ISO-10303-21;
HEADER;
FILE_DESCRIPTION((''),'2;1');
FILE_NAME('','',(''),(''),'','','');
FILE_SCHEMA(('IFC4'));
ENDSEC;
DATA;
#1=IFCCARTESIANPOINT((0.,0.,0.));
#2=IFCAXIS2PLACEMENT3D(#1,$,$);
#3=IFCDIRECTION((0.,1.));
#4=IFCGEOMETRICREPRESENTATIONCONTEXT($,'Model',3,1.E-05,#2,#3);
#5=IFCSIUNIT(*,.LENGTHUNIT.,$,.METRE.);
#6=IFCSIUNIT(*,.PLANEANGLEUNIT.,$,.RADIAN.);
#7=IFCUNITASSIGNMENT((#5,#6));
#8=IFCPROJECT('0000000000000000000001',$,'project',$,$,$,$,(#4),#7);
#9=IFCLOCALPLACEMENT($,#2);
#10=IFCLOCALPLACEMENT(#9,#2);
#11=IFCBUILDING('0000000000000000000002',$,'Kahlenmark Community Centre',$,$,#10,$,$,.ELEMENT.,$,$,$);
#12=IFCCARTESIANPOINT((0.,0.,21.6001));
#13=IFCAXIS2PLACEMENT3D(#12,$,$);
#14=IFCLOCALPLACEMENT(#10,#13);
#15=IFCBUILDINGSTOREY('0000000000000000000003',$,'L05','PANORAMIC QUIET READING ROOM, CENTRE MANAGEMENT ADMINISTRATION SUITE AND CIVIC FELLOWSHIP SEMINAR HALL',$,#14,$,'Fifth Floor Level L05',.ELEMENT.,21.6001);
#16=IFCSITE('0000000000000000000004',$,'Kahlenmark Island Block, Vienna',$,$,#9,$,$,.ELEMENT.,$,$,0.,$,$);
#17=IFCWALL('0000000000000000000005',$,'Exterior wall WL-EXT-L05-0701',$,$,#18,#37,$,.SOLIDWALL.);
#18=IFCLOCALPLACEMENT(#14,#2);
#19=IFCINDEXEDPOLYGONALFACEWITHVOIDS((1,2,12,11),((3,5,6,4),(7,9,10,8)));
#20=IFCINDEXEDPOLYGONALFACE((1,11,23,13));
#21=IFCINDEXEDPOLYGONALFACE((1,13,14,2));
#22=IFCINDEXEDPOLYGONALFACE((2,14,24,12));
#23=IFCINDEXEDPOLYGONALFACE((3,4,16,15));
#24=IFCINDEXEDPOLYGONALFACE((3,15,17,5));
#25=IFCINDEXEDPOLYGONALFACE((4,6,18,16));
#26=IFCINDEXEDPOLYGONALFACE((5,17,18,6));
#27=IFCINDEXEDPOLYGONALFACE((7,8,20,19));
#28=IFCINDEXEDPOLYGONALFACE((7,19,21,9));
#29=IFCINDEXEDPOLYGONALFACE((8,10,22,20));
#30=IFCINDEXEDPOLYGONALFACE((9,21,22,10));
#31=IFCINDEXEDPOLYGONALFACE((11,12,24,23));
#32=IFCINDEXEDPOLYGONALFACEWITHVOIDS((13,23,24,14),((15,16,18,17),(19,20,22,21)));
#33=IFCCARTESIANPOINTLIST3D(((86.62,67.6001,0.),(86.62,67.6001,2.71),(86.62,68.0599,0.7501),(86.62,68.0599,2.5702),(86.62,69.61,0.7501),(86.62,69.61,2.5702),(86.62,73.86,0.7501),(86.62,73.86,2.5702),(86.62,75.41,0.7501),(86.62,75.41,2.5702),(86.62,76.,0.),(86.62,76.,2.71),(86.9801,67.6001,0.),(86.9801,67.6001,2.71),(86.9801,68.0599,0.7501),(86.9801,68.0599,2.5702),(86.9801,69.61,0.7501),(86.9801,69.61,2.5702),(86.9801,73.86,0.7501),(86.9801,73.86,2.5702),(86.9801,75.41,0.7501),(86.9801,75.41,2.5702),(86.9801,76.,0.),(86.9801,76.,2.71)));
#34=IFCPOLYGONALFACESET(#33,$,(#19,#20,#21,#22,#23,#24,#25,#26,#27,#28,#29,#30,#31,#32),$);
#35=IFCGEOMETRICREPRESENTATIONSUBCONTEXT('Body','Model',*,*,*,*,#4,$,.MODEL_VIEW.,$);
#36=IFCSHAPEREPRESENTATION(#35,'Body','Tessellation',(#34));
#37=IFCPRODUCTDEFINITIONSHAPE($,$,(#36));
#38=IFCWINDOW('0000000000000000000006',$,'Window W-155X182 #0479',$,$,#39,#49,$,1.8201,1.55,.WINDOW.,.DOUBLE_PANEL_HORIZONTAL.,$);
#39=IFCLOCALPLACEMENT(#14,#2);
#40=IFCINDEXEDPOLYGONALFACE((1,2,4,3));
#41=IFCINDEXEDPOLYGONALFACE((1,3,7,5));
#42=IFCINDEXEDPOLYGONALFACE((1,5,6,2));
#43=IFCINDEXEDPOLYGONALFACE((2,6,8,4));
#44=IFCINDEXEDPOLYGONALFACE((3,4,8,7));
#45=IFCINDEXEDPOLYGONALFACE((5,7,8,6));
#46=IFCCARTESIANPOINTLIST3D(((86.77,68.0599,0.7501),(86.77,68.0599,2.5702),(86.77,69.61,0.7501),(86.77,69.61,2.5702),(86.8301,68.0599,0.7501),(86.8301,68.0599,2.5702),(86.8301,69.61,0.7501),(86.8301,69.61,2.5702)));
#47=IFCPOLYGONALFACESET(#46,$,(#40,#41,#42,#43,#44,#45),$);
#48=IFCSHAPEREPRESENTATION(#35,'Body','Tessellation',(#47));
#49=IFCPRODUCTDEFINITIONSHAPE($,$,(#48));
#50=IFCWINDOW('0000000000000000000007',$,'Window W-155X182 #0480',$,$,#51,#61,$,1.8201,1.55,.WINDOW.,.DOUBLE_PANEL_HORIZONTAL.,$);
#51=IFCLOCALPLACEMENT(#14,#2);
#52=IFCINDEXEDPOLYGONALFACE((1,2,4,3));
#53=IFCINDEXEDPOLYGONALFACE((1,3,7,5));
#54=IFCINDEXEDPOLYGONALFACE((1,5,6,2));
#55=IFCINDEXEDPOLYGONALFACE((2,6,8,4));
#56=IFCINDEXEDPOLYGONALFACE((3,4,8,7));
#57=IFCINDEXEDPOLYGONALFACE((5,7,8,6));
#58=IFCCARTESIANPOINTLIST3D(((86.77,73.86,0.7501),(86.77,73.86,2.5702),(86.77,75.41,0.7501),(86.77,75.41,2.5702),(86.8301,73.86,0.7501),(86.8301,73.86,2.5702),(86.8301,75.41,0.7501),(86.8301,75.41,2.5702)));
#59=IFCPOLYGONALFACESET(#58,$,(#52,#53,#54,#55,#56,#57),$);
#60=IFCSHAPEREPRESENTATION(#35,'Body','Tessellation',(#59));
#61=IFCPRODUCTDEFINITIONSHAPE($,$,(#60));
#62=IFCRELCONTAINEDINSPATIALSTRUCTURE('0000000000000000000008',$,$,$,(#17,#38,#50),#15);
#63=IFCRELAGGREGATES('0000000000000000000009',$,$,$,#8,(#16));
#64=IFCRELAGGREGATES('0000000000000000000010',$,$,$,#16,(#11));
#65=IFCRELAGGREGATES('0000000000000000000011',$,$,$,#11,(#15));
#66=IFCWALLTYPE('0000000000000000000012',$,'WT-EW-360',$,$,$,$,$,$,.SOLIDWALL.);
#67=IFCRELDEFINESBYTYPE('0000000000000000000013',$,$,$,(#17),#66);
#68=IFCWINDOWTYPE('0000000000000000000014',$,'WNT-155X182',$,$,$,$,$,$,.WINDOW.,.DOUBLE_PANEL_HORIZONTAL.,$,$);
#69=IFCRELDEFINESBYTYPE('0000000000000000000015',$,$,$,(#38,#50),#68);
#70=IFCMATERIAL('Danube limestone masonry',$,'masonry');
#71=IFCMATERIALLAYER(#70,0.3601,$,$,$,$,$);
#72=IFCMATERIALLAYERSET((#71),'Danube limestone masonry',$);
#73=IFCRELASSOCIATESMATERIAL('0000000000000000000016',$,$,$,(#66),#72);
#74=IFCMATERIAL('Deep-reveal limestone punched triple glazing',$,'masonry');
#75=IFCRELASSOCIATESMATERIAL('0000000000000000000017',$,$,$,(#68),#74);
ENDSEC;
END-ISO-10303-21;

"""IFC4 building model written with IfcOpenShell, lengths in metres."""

from ifc_helpers import new_model, si_unit, direction, frame, frame_2d, origin, place, context, subcontext, project, spatial, rectangle, extrude, material, layer, layer_set, type_object, element, fill, save


model = new_model("IFC4")

# Units and contexts
model_context = context("Model", 3, precision=1e-05, world=origin(), true_north=direction((0.0, 1.0)))
body_context = subcontext(model_context, "Body", "Model", "MODEL_VIEW")
ifc_project = project(units=[si_unit("LENGTHUNIT", "METRE"), si_unit("PLANEANGLEUNIT", "RADIAN")], contexts=[model_context])

# Site, building, storey
site_placement = place(None, origin())
site = spatial("IfcSite", under=ifc_project, at=site_placement, Name="Kahlenmark Island Block, Vienna", CompositionType="ELEMENT", RefElevation=0.0)
building_placement = place(site_placement, origin())
building = spatial("IfcBuilding", under=site, at=building_placement, Name="Kahlenmark Community Centre", CompositionType="ELEMENT")
storey_placement = place(building_placement, frame((0.0, 0.0, 21.6001)))
storey = spatial("IfcBuildingStorey", under=building, at=storey_placement, Name="L05", Description="PANORAMIC QUIET READING ROOM, CENTRE MANAGEMENT ADMINISTRATION SUITE AND CIVIC FELLOWSHIP SEMINAR HALL", LongName="Fifth Floor Level L05", CompositionType="ELEMENT", Elevation=21.6001)

# Wall, openings, windows
ifc_material_1 = material(Name="Danube limestone masonry", Category="masonry")
ifc_layer_1 = layer(ifc_material_1, 0.3601)
ifc_layer_set_1 = layer_set([ifc_layer_1], Name="Danube limestone masonry")
wall_type_1 = type_object("IfcWallType", Name="WT-EW-360", PredefinedType="SOLIDWALL", material=ifc_layer_set_1)
ifc_material_2 = material(Name="Deep-reveal limestone punched triple glazing", Category="masonry")
window_type = type_object("IfcWindowType", Name="WNT-155X182", PartitioningType="DOUBLE_PANEL_HORIZONTAL", PredefinedType="WINDOW", material=ifc_material_2)
wall_1_placement = place(storey_placement, frame((86.8, 67.6001, 0.0), z_axis=(0.0, 0.0, 1.0), x_axis=(0.0, 1.0, 0.0)))
wall_1 = element("IfcWall", 1, at=wall_1_placement, inside=storey, type_object=wall_type_1, Name="Exterior wall WL-EXT-L05-0701", PredefinedType="SOLIDWALL", context=body_context, shape_type="SweptSolid", body=[
    extrude(rectangle(XDim=8.3999, YDim=0.3601, at=frame_2d((4.2, 0.0))), origin(), (0.0, 0.0, 1.0), 2.71),
])
opening_1_placement = place(wall_1_placement, frame((0.46, 0.0, 0.75)))
opening_1 = element("IfcOpeningElement", 2, at=opening_1_placement, cuts=wall_1, PredefinedType="OPENING", context=body_context, shape_type="SweptSolid", body=[
    extrude(rectangle(XDim=1.55, YDim=1.8201, at=frame_2d((0.7749, 0.9102))), frame((0.0, 0.1899, 0.0), z_axis=(0.0, -1.0, 0.0), x_axis=(1.0, 0.0, 0.0)), (0.0, 0.0, 1.0), 0.3801),
])
opening_2_placement = place(wall_1_placement, frame((6.26, 0.0, 0.75)))
opening_2 = element("IfcOpeningElement", 3, at=opening_2_placement, cuts=wall_1, PredefinedType="OPENING", context=body_context, shape_type="SweptSolid", body=[
    extrude(rectangle(XDim=1.55, YDim=1.8201, at=frame_2d((0.7749, 0.9102))), frame((0.0, 0.1899, 0.0), z_axis=(0.0, -1.0, 0.0), x_axis=(1.0, 0.0, 0.0)), (0.0, 0.0, 1.0), 0.3801),
])
window_1_placement = place(opening_1_placement, origin())
window_1 = element("IfcWindow", 4, at=window_1_placement, inside=storey, type_object=window_type, Name="Window W-155X182 #0479", OverallHeight=1.8201, OverallWidth=1.55, PartitioningType="DOUBLE_PANEL_HORIZONTAL", PredefinedType="WINDOW", context=body_context, shape_type="SweptSolid", body=[
    extrude(rectangle(XDim=1.55, YDim=1.8201, at=frame_2d((0.7749, 0.9102))), frame((0.0, 0.03, 0.0), z_axis=(0.0, -1.0, 0.0), x_axis=(1.0, 0.0, 0.0)), (0.0, 0.0, 1.0), 0.0601),
])
fill(opening_1, window_1)
window_2_placement = place(opening_2_placement, origin())
window_2 = element("IfcWindow", 5, at=window_2_placement, inside=storey, type_object=window_type, Name="Window W-155X182 #0480", OverallHeight=1.8201, OverallWidth=1.55, PartitioningType="DOUBLE_PANEL_HORIZONTAL", PredefinedType="WINDOW", context=body_context, shape_type="SweptSolid", body=[
    extrude(rectangle(XDim=1.55, YDim=1.8201, at=frame_2d((0.7749, 0.9102))), frame((0.0, 0.03, 0.0), z_axis=(0.0, -1.0, 0.0), x_axis=(1.0, 0.0, 0.0)), (0.0, 0.0, 1.0), 0.0601),
])
fill(opening_2, window_2)

save(model, "model.ifc")
